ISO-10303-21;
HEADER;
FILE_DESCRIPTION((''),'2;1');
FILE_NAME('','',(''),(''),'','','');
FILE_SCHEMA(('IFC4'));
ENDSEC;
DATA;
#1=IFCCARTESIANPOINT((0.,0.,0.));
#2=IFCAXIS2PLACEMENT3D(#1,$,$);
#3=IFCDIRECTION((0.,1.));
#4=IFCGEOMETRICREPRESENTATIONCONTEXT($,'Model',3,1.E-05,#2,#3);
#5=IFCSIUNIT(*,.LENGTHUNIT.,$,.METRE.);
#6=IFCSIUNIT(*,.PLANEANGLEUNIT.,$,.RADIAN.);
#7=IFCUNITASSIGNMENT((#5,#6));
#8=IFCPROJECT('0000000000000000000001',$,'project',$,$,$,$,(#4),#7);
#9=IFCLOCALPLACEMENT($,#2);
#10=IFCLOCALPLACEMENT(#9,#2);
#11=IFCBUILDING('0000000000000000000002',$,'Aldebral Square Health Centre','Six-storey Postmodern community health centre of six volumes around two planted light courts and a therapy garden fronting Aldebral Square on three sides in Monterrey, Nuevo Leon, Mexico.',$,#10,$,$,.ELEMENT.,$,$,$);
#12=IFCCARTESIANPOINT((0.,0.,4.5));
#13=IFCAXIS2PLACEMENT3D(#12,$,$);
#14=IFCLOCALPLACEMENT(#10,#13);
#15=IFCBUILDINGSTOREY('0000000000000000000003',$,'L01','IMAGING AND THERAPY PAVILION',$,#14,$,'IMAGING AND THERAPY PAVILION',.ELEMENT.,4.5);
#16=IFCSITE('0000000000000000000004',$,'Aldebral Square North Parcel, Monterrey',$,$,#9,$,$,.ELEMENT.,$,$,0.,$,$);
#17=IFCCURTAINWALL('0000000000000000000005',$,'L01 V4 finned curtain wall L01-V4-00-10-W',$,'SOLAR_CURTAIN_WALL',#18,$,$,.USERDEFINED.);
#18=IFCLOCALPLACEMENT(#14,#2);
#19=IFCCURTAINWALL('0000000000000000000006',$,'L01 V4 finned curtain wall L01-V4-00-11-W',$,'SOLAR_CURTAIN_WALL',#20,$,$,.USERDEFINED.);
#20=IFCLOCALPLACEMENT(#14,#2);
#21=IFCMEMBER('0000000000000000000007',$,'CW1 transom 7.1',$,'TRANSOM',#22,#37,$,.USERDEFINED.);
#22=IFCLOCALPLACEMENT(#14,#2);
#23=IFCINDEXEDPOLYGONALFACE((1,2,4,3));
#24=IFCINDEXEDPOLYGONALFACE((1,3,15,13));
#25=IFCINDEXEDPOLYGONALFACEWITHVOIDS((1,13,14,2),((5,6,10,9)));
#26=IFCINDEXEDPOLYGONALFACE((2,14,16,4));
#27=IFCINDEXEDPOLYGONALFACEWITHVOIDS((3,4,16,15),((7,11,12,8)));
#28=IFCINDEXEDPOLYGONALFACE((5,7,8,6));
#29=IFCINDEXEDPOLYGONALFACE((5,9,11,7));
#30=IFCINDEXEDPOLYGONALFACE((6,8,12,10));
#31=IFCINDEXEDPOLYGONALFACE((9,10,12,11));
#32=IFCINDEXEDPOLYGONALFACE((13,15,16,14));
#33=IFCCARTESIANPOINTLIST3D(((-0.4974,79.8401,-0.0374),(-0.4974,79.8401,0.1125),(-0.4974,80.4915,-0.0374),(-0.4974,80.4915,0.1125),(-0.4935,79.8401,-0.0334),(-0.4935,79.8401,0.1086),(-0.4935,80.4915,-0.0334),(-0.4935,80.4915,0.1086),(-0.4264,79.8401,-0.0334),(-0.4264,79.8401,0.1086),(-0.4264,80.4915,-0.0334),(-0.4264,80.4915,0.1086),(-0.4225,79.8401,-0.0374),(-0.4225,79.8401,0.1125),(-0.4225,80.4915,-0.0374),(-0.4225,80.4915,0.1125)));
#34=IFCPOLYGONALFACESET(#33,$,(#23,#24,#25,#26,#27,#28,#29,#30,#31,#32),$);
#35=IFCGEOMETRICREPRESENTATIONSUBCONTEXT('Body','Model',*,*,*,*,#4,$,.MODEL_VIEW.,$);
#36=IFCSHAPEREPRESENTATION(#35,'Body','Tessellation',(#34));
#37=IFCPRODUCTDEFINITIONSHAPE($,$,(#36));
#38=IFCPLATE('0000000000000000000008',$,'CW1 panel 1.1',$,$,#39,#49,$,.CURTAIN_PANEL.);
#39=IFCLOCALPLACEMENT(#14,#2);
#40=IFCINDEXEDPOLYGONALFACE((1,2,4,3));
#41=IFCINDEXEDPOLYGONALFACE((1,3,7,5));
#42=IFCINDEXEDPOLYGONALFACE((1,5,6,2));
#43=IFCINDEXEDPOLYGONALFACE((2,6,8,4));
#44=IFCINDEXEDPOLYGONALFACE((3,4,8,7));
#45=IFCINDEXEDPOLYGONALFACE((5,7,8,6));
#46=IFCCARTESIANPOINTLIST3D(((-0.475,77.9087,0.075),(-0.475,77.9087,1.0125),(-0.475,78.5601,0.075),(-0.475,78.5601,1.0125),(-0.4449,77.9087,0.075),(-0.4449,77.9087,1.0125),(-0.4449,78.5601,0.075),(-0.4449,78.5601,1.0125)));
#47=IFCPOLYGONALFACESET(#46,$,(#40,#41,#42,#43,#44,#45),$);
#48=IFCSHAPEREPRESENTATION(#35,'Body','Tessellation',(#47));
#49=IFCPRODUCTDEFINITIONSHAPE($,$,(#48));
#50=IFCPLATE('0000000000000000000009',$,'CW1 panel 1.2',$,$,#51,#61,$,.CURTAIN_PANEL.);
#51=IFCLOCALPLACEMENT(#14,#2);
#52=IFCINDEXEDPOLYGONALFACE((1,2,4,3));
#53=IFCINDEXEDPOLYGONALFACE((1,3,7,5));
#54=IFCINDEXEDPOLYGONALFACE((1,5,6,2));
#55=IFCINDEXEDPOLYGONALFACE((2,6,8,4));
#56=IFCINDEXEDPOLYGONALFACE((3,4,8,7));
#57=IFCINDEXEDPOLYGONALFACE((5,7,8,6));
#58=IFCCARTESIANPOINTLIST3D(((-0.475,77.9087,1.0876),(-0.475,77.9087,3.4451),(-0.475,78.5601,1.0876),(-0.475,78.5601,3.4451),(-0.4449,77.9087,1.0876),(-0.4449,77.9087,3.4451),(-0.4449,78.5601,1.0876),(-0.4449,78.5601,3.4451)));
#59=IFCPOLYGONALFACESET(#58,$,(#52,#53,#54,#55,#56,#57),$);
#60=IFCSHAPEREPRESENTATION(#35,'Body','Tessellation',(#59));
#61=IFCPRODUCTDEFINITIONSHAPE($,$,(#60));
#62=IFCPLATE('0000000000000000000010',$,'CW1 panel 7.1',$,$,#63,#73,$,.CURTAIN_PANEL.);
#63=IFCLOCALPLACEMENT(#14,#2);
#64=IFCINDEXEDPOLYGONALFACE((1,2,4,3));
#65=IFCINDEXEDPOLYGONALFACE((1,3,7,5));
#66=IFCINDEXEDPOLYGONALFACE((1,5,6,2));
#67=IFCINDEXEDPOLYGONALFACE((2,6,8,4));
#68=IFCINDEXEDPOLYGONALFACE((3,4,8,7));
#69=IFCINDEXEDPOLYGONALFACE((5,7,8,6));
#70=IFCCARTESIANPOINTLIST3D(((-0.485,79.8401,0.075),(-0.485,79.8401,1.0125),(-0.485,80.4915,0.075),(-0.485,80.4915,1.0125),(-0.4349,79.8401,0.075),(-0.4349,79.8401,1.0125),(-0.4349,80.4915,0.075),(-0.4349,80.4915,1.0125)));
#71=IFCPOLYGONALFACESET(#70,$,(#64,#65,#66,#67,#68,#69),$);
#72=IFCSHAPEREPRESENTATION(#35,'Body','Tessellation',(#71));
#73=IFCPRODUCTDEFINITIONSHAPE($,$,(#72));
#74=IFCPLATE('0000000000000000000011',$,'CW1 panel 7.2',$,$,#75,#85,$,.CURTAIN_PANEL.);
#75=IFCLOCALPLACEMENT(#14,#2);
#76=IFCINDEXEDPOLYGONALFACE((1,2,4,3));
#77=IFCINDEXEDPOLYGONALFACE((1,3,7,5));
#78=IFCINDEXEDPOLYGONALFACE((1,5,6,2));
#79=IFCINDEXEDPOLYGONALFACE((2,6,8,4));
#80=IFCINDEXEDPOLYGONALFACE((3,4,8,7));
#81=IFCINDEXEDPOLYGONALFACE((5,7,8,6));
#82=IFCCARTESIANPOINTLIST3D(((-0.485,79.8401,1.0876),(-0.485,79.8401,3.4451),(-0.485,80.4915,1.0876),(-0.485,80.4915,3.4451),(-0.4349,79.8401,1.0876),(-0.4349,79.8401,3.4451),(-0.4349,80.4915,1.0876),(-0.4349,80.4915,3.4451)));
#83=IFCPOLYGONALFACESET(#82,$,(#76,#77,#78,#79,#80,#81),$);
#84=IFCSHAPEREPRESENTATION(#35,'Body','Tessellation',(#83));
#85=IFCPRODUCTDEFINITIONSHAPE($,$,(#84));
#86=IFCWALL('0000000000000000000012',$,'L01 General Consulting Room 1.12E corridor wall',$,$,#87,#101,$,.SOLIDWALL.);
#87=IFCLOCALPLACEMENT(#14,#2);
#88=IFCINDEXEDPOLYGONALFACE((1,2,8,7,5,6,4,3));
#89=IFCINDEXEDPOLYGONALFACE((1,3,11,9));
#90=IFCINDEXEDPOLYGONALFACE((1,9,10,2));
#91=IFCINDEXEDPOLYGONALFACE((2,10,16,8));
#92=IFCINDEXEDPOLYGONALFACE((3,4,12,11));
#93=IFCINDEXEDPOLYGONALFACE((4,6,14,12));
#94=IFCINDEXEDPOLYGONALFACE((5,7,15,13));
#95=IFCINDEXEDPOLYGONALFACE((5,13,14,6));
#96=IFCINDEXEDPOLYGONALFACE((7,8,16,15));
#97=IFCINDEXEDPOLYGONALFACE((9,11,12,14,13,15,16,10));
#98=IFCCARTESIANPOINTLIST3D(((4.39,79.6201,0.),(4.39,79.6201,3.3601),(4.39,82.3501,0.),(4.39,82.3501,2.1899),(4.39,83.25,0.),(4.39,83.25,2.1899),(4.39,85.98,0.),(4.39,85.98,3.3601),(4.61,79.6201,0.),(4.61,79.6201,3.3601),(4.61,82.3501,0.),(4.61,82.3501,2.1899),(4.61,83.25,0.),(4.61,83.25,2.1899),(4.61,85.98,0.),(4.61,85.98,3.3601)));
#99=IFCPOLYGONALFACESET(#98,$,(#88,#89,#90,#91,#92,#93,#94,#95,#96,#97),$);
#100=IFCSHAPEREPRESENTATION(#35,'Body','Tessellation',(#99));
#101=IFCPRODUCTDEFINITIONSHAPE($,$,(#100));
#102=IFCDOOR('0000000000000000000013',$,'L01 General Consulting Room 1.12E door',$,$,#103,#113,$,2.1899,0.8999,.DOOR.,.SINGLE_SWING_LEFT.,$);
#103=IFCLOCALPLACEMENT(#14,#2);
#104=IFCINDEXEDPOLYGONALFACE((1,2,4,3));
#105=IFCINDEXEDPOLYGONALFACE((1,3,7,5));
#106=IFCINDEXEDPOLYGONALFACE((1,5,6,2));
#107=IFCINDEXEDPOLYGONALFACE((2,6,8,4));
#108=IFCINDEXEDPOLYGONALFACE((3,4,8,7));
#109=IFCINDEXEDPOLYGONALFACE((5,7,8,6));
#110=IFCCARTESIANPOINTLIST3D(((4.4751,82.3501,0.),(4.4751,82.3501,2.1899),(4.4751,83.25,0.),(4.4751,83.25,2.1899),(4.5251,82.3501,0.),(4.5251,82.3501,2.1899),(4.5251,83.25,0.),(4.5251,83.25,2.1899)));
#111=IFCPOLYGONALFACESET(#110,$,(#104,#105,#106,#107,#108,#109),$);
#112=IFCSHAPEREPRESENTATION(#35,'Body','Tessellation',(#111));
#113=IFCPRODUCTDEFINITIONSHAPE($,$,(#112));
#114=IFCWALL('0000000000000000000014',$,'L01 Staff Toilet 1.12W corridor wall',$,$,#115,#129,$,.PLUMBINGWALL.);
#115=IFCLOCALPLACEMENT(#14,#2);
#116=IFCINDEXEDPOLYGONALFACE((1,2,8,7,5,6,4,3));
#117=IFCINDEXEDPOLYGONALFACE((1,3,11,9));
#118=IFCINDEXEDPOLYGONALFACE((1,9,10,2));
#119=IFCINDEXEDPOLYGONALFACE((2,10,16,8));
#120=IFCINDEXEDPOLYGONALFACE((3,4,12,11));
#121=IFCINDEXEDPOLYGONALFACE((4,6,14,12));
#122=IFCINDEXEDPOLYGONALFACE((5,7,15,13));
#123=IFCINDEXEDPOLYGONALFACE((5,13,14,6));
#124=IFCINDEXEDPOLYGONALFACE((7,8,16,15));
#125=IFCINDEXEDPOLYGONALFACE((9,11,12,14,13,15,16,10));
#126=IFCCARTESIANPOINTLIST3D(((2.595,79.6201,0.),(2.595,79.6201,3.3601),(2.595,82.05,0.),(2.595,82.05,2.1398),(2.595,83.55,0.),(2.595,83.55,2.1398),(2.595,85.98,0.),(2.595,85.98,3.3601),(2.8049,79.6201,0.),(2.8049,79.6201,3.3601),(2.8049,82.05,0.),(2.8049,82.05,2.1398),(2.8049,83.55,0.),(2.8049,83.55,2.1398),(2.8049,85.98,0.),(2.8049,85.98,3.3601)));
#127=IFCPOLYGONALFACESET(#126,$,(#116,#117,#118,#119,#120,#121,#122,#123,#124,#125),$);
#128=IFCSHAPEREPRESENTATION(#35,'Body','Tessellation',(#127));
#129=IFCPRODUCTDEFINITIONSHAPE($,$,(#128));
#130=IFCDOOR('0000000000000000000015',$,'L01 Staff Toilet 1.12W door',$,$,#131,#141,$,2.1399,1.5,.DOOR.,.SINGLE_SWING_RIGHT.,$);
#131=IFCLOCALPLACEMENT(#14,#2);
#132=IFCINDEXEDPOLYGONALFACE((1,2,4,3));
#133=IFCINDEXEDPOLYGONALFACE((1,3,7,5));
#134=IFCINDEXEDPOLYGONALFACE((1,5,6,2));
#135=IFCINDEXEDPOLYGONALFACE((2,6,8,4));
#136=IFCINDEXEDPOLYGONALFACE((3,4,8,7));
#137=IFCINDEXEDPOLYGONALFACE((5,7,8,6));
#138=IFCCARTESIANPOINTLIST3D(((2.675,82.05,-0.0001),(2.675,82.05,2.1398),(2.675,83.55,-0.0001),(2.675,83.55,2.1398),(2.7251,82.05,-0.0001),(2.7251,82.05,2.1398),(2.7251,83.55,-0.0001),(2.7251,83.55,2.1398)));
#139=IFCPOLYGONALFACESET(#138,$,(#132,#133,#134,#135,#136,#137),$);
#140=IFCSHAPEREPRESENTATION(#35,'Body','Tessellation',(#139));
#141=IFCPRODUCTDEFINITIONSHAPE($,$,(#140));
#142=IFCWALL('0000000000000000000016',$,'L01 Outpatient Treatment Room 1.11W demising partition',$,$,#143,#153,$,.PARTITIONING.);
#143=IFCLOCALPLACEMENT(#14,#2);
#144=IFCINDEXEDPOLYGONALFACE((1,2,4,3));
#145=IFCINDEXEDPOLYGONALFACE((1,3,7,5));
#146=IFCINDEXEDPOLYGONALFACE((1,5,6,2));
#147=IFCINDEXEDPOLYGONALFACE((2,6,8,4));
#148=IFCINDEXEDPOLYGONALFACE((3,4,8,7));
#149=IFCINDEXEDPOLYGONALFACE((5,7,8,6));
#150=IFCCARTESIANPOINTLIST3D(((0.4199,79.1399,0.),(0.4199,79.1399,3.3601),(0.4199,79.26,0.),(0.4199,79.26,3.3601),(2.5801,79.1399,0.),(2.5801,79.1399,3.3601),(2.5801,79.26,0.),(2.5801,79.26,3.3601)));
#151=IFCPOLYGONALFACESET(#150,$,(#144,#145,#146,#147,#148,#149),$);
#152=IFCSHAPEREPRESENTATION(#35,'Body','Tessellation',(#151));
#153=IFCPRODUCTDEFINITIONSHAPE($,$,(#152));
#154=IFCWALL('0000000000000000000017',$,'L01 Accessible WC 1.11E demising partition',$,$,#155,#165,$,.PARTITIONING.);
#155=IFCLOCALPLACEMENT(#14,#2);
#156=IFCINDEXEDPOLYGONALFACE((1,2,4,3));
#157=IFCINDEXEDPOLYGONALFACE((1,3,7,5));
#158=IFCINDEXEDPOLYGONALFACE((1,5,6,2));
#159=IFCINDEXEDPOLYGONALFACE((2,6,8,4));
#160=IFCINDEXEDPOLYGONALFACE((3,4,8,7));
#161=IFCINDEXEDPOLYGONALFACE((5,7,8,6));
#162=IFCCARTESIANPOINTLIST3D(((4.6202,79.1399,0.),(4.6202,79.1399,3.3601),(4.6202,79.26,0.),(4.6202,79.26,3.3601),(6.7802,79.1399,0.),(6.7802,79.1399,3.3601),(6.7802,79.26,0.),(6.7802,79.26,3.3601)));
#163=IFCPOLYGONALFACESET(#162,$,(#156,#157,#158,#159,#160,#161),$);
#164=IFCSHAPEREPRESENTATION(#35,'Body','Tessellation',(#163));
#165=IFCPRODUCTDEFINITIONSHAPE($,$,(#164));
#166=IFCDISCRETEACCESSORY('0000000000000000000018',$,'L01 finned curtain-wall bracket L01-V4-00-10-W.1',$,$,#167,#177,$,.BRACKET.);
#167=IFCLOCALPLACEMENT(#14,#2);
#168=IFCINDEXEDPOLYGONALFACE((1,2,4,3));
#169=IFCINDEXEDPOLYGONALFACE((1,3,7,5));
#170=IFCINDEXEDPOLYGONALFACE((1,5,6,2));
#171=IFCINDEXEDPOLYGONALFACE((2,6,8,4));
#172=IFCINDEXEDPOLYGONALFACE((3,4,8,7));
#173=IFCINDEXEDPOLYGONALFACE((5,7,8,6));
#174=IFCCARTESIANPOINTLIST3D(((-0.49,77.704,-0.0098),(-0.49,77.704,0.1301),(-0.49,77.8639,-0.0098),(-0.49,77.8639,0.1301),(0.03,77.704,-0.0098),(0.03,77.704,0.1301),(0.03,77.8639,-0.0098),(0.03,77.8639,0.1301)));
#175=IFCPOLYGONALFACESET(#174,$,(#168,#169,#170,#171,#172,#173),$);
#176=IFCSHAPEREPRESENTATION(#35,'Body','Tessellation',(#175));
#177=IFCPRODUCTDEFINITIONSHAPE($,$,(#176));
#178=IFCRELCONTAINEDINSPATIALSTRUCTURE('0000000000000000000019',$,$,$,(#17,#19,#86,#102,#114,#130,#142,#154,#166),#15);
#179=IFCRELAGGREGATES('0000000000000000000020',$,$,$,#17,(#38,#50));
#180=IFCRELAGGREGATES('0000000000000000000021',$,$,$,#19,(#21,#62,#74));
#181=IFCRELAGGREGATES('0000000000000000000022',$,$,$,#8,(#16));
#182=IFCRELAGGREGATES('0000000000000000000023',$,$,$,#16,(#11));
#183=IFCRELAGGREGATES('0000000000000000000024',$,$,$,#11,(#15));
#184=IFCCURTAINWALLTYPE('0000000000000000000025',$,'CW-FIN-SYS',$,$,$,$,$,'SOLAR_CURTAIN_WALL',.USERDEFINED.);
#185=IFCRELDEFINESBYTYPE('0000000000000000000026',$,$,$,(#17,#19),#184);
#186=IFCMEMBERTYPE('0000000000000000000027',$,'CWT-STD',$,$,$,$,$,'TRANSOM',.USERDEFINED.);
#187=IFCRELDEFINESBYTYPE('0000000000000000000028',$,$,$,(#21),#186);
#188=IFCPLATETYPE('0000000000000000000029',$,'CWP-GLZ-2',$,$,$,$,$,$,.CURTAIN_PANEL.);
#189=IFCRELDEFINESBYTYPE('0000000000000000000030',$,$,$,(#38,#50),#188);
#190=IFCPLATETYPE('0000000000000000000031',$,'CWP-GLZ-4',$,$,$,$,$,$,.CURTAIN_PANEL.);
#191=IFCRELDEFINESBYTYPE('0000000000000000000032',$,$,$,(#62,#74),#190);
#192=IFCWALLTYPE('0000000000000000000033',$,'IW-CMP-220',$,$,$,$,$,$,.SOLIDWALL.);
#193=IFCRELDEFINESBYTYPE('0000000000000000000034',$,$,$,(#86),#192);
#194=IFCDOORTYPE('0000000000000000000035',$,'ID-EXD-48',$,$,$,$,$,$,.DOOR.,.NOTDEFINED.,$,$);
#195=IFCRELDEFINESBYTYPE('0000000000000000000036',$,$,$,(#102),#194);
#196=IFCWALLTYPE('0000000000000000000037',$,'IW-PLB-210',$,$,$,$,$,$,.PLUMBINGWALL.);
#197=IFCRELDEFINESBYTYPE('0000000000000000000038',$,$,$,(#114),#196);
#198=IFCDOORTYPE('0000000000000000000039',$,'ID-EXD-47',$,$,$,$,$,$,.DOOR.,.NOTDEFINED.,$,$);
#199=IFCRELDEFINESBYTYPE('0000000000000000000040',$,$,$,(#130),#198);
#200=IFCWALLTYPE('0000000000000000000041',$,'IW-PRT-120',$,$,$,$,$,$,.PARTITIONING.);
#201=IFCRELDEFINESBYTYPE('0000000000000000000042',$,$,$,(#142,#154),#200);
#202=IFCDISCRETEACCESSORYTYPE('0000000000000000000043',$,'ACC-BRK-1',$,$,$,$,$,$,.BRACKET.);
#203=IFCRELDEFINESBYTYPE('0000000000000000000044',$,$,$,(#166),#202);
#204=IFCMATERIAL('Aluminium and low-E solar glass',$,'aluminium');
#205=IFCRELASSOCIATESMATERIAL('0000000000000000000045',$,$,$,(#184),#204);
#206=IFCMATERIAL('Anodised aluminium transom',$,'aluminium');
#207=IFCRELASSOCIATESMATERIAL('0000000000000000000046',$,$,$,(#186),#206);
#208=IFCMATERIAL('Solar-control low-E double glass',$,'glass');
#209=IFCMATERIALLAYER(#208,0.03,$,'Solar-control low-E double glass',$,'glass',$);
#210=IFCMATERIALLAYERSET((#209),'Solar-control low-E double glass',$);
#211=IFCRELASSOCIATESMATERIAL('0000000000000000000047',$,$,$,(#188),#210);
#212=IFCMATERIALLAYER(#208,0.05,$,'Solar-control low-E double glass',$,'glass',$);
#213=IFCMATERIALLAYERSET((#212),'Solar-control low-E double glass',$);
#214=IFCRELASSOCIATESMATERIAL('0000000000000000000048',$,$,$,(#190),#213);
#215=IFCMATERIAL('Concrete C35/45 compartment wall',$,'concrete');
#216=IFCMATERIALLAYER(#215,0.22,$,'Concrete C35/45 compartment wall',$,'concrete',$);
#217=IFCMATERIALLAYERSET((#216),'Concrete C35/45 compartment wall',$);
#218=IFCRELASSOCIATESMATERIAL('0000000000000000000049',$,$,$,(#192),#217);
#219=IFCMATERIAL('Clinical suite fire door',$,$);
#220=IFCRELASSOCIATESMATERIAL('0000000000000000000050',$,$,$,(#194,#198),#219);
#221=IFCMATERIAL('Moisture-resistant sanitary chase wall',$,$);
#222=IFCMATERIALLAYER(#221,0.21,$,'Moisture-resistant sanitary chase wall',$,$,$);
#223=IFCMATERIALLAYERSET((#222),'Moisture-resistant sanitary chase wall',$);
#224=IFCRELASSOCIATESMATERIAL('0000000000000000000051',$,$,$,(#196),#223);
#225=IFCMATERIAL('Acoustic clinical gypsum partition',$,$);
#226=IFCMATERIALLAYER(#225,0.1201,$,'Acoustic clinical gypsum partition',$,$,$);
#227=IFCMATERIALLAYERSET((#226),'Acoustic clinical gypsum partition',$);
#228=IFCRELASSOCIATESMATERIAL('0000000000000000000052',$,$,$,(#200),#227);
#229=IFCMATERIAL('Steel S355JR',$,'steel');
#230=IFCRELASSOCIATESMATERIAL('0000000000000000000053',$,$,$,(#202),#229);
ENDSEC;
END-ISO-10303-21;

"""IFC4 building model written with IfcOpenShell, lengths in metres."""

from ifc_helpers import new_model, si_unit, direction, frame, frame_2d, origin, origin_2d, place, context, subcontext, project, spatial, rectangle, hollow_rectangle, extrude, material, layer, layer_set, material_profile, profile_set, type_object, element, fill, aggregate, save


model = new_model("IFC4")

# Units and contexts
model_context = context("Model", 3, precision=1e-05, world=origin(), true_north=direction((0.0, 1.0)))
body_context = subcontext(model_context, "Body", "Model", "MODEL_VIEW")
ifc_project = project(units=[si_unit("LENGTHUNIT", "METRE"), si_unit("PLANEANGLEUNIT", "RADIAN")], contexts=[model_context])

# Site, building, storey
site_placement = place(None, origin())
site = spatial("IfcSite", under=ifc_project, at=site_placement, Name="Aldebral Square North Parcel, Monterrey", CompositionType="ELEMENT", RefElevation=0.0)
building_placement = place(site_placement, origin())
building = spatial("IfcBuilding", under=site, at=building_placement, Name="Aldebral Square Health Centre", Description="Six-storey Postmodern community health centre of six volumes around two planted light courts and a therapy garden fronting Aldebral Square on three sides in Monterrey, Nuevo Leon, Mexico.", CompositionType="ELEMENT")
storey_placement = place(building_placement, frame((0.0, 0.0, 4.5)))
storey = spatial("IfcBuildingStorey", under=building, at=storey_placement, Name="L01", Description="IMAGING AND THERAPY PAVILION", LongName="IMAGING AND THERAPY PAVILION", CompositionType="ELEMENT", Elevation=4.5)

# Curtain wall
ifc_material_1 = material(Name="Aluminium and low-E solar glass", Category="aluminium")
curtain_wall_type = type_object("IfcCurtainWallType", Name="CW-FIN-SYS", ElementType="SOLAR_CURTAIN_WALL", PredefinedType="USERDEFINED", material=ifc_material_1)
curtain_wall_1_placement = place(storey_placement, origin())
curtain_wall_1 = element("IfcCurtainWall", 1, at=curtain_wall_1_placement, inside=storey, type_object=curtain_wall_type, Name="L01 V4 finned curtain wall L01-V4-00-10-W", ObjectType="SOLAR_CURTAIN_WALL", PredefinedType="USERDEFINED")

# Curtain wall
curtain_wall_2_placement = place(storey_placement, origin())
curtain_wall_2 = element("IfcCurtainWall", 2, at=curtain_wall_2_placement, inside=storey, type_object=curtain_wall_type, Name="L01 V4 finned curtain wall L01-V4-00-11-W", ObjectType="SOLAR_CURTAIN_WALL", PredefinedType="USERDEFINED")

# Member
ifc_material_2 = material(Name="Anodised aluminium transom", Category="aluminium")
ifc_material_profile_1 = material_profile(ifc_material_2, hollow_rectangle(XDim=0.075, YDim=0.1499, WallThickness=0.0039, at=origin_2d()), Name="CWT 75x150x4")
ifc_profile_set_1 = profile_set([ifc_material_profile_1], Name="Anodised aluminium transom")
member_type_1 = type_object("IfcMemberType", Name="CWT-STD", ElementType="TRANSOM", PredefinedType="USERDEFINED", material=ifc_profile_set_1)
member_1_placement = place(storey_placement, frame((-0.46, 80.4915, 0.0376), z_axis=(0.0, -1.0, 0.0), x_axis=(1.0, 0.0, 0.0)))
member_1 = element("IfcMember", 3, at=member_1_placement, type_object=member_type_1, Name="CW1 transom 7.1", ObjectType="TRANSOM", PredefinedType="USERDEFINED", context=body_context, shape_type="SweptSolid", body=[
    extrude(hollow_rectangle(XDim=0.075, YDim=0.1499, WallThickness=0.0039, at=origin_2d()), origin(), (0.0, 0.0, 1.0), 0.6514),
])

# Plates
ifc_material_3 = material(Name="Solar-control low-E double glass", Category="glass")
ifc_layer_1 = layer(ifc_material_3, 0.03, Name="Solar-control low-E double glass", Category="glass")
ifc_layer_set_1 = layer_set([ifc_layer_1], Name="Solar-control low-E double glass")
plate_type_1 = type_object("IfcPlateType", Name="CWP-GLZ-2", PredefinedType="CURTAIN_PANEL", material=ifc_layer_set_1)
plate_1_placement = place(storey_placement, frame((-0.46, 78.2344, 0.075), z_axis=(0.0, 0.0, 1.0), x_axis=(0.0, -1.0, 0.0)))
plate_1 = element("IfcPlate", 4, at=plate_1_placement, type_object=plate_type_1, Name="CW1 panel 1.1", PredefinedType="CURTAIN_PANEL", context=body_context, shape_type="SweptSolid", body=[
    extrude(rectangle(XDim=0.6514, YDim=0.03, at=origin_2d()), origin(), (0.0, 0.0, 1.0), 0.9375),
])
plate_2_placement = place(storey_placement, frame((-0.46, 78.2344, 1.0876), z_axis=(0.0, 0.0, 1.0), x_axis=(0.0, -1.0, 0.0)))
plate_2 = element("IfcPlate", 5, at=plate_2_placement, type_object=plate_type_1, Name="CW1 panel 1.2", PredefinedType="CURTAIN_PANEL", context=body_context, shape_type="SweptSolid", body=[
    extrude(rectangle(XDim=0.6514, YDim=0.03, at=origin_2d()), origin(), (0.0, 0.0, 1.0), 2.3574),
])
aggregate(curtain_wall_1, [plate_1, plate_2])
ifc_layer_2 = layer(ifc_material_3, 0.05, Name="Solar-control low-E double glass", Category="glass")
ifc_layer_set_2 = layer_set([ifc_layer_2], Name="Solar-control low-E double glass")
plate_type_2 = type_object("IfcPlateType", Name="CWP-GLZ-4", PredefinedType="CURTAIN_PANEL", material=ifc_layer_set_2)
plate_3_placement = place(storey_placement, frame((-0.46, 80.1658, 0.075), z_axis=(0.0, 0.0, 1.0), x_axis=(0.0, -1.0, 0.0)))
plate_3 = element("IfcPlate", 6, at=plate_3_placement, type_object=plate_type_2, Name="CW1 panel 7.1", PredefinedType="CURTAIN_PANEL", context=body_context, shape_type="SweptSolid", body=[
    extrude(rectangle(XDim=0.6514, YDim=0.05, at=origin_2d()), origin(), (0.0, 0.0, 1.0), 0.9375),
])
plate_4_placement = place(storey_placement, frame((-0.46, 80.1658, 1.0876), z_axis=(0.0, 0.0, 1.0), x_axis=(0.0, -1.0, 0.0)))
plate_4 = element("IfcPlate", 7, at=plate_4_placement, type_object=plate_type_2, Name="CW1 panel 7.2", PredefinedType="CURTAIN_PANEL", context=body_context, shape_type="SweptSolid", body=[
    extrude(rectangle(XDim=0.6514, YDim=0.05, at=origin_2d()), origin(), (0.0, 0.0, 1.0), 2.3574),
])
aggregate(curtain_wall_2, [member_1, plate_3, plate_4])

# Walls, openings, doors
ifc_material_4 = material(Name="Concrete C35/45 compartment wall", Category="concrete")
ifc_layer_3 = layer(ifc_material_4, 0.22, Name="Concrete C35/45 compartment wall", Category="concrete")
ifc_layer_set_3 = layer_set([ifc_layer_3], Name="Concrete C35/45 compartment wall")
wall_type_1 = type_object("IfcWallType", Name="IW-CMP-220", PredefinedType="SOLIDWALL", material=ifc_layer_set_3)
wall_1_placement = place(storey_placement, frame((4.5, 79.6201, 0.0), z_axis=(0.0, 0.0, 1.0), x_axis=(0.0, 1.0, 0.0)))
wall_1 = element("IfcWall", 8, at=wall_1_placement, inside=storey, type_object=wall_type_1, Name="L01 General Consulting Room 1.12E corridor wall", PredefinedType="SOLIDWALL", context=body_context, shape_type="SweptSolid", body=[
    extrude(rectangle(XDim=6.3599, YDim=0.22, at=frame_2d((3.1799, 0.0))), origin(), (0.0, 0.0, 1.0), 3.3601),
])
opening_1_placement = place(wall_1_placement, frame((2.73, 0.0, 0.0)))
opening_1 = element("IfcOpeningElement", 9, at=opening_1_placement, cuts=wall_1, PredefinedType="OPENING", context=body_context, shape_type="SweptSolid", body=[
    extrude(rectangle(XDim=0.8999, YDim=2.1899, at=frame_2d((0.45, 1.095))), frame((0.0, 0.1201, 0.0), z_axis=(0.0, -1.0, 0.0), x_axis=(1.0, 0.0, 0.0)), (0.0, 0.0, 1.0), 0.24),
])
ifc_material_5 = material(Name="Clinical suite fire door")
door_type_1 = type_object("IfcDoorType", Name="ID-EXD-48", OperationType="NOTDEFINED", PredefinedType="DOOR", material=ifc_material_5)
door_1_placement = place(opening_1_placement, origin())
door_1 = element("IfcDoor", 10, at=door_1_placement, inside=storey, type_object=door_type_1, Name="L01 General Consulting Room 1.12E door", OperationType="SINGLE_SWING_LEFT", OverallHeight=2.1899, OverallWidth=0.8999, PredefinedType="DOOR", context=body_context, shape_type="SweptSolid", body=[
    extrude(rectangle(XDim=0.8999, YDim=2.1899, at=frame_2d((0.45, 1.095))), frame((0.0, 0.0249, 0.0), z_axis=(0.0, -1.0, 0.0), x_axis=(1.0, 0.0, 0.0)), (0.0, 0.0, 1.0), 0.05),
])
fill(opening_1, door_1)
ifc_material_6 = material(Name="Moisture-resistant sanitary chase wall")
ifc_layer_4 = layer(ifc_material_6, 0.21, Name="Moisture-resistant sanitary chase wall")
ifc_layer_set_4 = layer_set([ifc_layer_4], Name="Moisture-resistant sanitary chase wall")
wall_type_2 = type_object("IfcWallType", Name="IW-PLB-210", PredefinedType="PLUMBINGWALL", material=ifc_layer_set_4)
wall_2_placement = place(storey_placement, frame((2.7, 79.6201, 0.0), z_axis=(0.0, 0.0, 1.0), x_axis=(0.0, 1.0, 0.0)))
wall_2 = element("IfcWall", 11, at=wall_2_placement, inside=storey, type_object=wall_type_2, Name="L01 Staff Toilet 1.12W corridor wall", PredefinedType="PLUMBINGWALL", context=body_context, shape_type="SweptSolid", body=[
    extrude(rectangle(XDim=6.3599, YDim=0.21, at=frame_2d((3.1799, 0.0))), origin(), (0.0, 0.0, 1.0), 3.3601),
])
opening_2_placement = place(wall_2_placement, frame((2.4299, 0.0, 0.0)))
opening_2 = element("IfcOpeningElement", 12, at=opening_2_placement, cuts=wall_2, PredefinedType="OPENING", context=body_context, shape_type="SweptSolid", body=[
    extrude(rectangle(XDim=1.5, YDim=2.1399, at=frame_2d((0.75, 1.0698))), frame((0.0, 0.115, 0.0), z_axis=(0.0, -1.0, 0.0), x_axis=(1.0, 0.0, 0.0)), (0.0, 0.0, 1.0), 0.23),
])
door_type_2 = type_object("IfcDoorType", Name="ID-EXD-47", OperationType="NOTDEFINED", PredefinedType="DOOR", material=ifc_material_5)
door_2_placement = place(opening_2_placement, origin())
door_2 = element("IfcDoor", 13, at=door_2_placement, inside=storey, type_object=door_type_2, Name="L01 Staff Toilet 1.12W door", OperationType="SINGLE_SWING_RIGHT", OverallHeight=2.1399, OverallWidth=1.5, PredefinedType="DOOR", context=body_context, shape_type="SweptSolid", body=[
    extrude(rectangle(XDim=1.5, YDim=2.1399, at=frame_2d((0.75, 1.0698))), frame((0.0, 0.0249, 0.0), z_axis=(0.0, -1.0, 0.0), x_axis=(1.0, 0.0, 0.0)), (0.0, 0.0, 1.0), 0.05),
])
fill(opening_2, door_2)

# Walls
ifc_material_7 = material(Name="Acoustic clinical gypsum partition")
ifc_layer_5 = layer(ifc_material_7, 0.1201, Name="Acoustic clinical gypsum partition")
ifc_layer_set_5 = layer_set([ifc_layer_5], Name="Acoustic clinical gypsum partition")
wall_type_3 = type_object("IfcWallType", Name="IW-PRT-120", PredefinedType="PARTITIONING", material=ifc_layer_set_5)
wall_3_placement = place(storey_placement, frame((0.4199, 79.2, 0.0), z_axis=(0.0, 0.0, 1.0), x_axis=(1.0, 0.0, 0.0)))
element("IfcWall", 14, at=wall_3_placement, inside=storey, type_object=wall_type_3, Name="L01 Outpatient Treatment Room 1.11W demising partition", PredefinedType="PARTITIONING", context=body_context, shape_type="SweptSolid", body=[
    extrude(rectangle(XDim=2.1602, YDim=0.1201, at=frame_2d((1.0801, 0.0))), origin(), (0.0, 0.0, 1.0), 3.3601),
])
wall_4_placement = place(storey_placement, frame((4.6201, 79.2, 0.0), z_axis=(0.0, 0.0, 1.0), x_axis=(1.0, 0.0, 0.0)))
element("IfcWall", 15, at=wall_4_placement, inside=storey, type_object=wall_type_3, Name="L01 Accessible WC 1.11E demising partition", PredefinedType="PARTITIONING", context=body_context, shape_type="SweptSolid", body=[
    extrude(rectangle(XDim=2.1599, YDim=0.1201, at=frame_2d((1.0801, 0.0))), origin(), (0.0, 0.0, 1.0), 3.3601),
])

# Discrete accessory
ifc_material_8 = material(Name="Steel S355JR", Category="steel")
discrete_accessory_type = type_object("IfcDiscreteAccessoryType", Name="ACC-BRK-1", PredefinedType="BRACKET", material=ifc_material_8)
discrete_accessory_placement = place(storey_placement, frame((-0.23, 77.7839, -0.0098), z_axis=(0.0, 0.0, 1.0), x_axis=(0.0, 1.0, 0.0)))
element("IfcDiscreteAccessory", 16, at=discrete_accessory_placement, inside=storey, type_object=discrete_accessory_type, Name="L01 finned curtain-wall bracket L01-V4-00-10-W.1", PredefinedType="BRACKET", context=body_context, shape_type="SweptSolid", body=[
    extrude(rectangle(XDim=0.1599, YDim=0.52, at=origin_2d()), origin(), (0.0, 0.0, 1.0), 0.1399),
])

save(model, "model.ifc")
